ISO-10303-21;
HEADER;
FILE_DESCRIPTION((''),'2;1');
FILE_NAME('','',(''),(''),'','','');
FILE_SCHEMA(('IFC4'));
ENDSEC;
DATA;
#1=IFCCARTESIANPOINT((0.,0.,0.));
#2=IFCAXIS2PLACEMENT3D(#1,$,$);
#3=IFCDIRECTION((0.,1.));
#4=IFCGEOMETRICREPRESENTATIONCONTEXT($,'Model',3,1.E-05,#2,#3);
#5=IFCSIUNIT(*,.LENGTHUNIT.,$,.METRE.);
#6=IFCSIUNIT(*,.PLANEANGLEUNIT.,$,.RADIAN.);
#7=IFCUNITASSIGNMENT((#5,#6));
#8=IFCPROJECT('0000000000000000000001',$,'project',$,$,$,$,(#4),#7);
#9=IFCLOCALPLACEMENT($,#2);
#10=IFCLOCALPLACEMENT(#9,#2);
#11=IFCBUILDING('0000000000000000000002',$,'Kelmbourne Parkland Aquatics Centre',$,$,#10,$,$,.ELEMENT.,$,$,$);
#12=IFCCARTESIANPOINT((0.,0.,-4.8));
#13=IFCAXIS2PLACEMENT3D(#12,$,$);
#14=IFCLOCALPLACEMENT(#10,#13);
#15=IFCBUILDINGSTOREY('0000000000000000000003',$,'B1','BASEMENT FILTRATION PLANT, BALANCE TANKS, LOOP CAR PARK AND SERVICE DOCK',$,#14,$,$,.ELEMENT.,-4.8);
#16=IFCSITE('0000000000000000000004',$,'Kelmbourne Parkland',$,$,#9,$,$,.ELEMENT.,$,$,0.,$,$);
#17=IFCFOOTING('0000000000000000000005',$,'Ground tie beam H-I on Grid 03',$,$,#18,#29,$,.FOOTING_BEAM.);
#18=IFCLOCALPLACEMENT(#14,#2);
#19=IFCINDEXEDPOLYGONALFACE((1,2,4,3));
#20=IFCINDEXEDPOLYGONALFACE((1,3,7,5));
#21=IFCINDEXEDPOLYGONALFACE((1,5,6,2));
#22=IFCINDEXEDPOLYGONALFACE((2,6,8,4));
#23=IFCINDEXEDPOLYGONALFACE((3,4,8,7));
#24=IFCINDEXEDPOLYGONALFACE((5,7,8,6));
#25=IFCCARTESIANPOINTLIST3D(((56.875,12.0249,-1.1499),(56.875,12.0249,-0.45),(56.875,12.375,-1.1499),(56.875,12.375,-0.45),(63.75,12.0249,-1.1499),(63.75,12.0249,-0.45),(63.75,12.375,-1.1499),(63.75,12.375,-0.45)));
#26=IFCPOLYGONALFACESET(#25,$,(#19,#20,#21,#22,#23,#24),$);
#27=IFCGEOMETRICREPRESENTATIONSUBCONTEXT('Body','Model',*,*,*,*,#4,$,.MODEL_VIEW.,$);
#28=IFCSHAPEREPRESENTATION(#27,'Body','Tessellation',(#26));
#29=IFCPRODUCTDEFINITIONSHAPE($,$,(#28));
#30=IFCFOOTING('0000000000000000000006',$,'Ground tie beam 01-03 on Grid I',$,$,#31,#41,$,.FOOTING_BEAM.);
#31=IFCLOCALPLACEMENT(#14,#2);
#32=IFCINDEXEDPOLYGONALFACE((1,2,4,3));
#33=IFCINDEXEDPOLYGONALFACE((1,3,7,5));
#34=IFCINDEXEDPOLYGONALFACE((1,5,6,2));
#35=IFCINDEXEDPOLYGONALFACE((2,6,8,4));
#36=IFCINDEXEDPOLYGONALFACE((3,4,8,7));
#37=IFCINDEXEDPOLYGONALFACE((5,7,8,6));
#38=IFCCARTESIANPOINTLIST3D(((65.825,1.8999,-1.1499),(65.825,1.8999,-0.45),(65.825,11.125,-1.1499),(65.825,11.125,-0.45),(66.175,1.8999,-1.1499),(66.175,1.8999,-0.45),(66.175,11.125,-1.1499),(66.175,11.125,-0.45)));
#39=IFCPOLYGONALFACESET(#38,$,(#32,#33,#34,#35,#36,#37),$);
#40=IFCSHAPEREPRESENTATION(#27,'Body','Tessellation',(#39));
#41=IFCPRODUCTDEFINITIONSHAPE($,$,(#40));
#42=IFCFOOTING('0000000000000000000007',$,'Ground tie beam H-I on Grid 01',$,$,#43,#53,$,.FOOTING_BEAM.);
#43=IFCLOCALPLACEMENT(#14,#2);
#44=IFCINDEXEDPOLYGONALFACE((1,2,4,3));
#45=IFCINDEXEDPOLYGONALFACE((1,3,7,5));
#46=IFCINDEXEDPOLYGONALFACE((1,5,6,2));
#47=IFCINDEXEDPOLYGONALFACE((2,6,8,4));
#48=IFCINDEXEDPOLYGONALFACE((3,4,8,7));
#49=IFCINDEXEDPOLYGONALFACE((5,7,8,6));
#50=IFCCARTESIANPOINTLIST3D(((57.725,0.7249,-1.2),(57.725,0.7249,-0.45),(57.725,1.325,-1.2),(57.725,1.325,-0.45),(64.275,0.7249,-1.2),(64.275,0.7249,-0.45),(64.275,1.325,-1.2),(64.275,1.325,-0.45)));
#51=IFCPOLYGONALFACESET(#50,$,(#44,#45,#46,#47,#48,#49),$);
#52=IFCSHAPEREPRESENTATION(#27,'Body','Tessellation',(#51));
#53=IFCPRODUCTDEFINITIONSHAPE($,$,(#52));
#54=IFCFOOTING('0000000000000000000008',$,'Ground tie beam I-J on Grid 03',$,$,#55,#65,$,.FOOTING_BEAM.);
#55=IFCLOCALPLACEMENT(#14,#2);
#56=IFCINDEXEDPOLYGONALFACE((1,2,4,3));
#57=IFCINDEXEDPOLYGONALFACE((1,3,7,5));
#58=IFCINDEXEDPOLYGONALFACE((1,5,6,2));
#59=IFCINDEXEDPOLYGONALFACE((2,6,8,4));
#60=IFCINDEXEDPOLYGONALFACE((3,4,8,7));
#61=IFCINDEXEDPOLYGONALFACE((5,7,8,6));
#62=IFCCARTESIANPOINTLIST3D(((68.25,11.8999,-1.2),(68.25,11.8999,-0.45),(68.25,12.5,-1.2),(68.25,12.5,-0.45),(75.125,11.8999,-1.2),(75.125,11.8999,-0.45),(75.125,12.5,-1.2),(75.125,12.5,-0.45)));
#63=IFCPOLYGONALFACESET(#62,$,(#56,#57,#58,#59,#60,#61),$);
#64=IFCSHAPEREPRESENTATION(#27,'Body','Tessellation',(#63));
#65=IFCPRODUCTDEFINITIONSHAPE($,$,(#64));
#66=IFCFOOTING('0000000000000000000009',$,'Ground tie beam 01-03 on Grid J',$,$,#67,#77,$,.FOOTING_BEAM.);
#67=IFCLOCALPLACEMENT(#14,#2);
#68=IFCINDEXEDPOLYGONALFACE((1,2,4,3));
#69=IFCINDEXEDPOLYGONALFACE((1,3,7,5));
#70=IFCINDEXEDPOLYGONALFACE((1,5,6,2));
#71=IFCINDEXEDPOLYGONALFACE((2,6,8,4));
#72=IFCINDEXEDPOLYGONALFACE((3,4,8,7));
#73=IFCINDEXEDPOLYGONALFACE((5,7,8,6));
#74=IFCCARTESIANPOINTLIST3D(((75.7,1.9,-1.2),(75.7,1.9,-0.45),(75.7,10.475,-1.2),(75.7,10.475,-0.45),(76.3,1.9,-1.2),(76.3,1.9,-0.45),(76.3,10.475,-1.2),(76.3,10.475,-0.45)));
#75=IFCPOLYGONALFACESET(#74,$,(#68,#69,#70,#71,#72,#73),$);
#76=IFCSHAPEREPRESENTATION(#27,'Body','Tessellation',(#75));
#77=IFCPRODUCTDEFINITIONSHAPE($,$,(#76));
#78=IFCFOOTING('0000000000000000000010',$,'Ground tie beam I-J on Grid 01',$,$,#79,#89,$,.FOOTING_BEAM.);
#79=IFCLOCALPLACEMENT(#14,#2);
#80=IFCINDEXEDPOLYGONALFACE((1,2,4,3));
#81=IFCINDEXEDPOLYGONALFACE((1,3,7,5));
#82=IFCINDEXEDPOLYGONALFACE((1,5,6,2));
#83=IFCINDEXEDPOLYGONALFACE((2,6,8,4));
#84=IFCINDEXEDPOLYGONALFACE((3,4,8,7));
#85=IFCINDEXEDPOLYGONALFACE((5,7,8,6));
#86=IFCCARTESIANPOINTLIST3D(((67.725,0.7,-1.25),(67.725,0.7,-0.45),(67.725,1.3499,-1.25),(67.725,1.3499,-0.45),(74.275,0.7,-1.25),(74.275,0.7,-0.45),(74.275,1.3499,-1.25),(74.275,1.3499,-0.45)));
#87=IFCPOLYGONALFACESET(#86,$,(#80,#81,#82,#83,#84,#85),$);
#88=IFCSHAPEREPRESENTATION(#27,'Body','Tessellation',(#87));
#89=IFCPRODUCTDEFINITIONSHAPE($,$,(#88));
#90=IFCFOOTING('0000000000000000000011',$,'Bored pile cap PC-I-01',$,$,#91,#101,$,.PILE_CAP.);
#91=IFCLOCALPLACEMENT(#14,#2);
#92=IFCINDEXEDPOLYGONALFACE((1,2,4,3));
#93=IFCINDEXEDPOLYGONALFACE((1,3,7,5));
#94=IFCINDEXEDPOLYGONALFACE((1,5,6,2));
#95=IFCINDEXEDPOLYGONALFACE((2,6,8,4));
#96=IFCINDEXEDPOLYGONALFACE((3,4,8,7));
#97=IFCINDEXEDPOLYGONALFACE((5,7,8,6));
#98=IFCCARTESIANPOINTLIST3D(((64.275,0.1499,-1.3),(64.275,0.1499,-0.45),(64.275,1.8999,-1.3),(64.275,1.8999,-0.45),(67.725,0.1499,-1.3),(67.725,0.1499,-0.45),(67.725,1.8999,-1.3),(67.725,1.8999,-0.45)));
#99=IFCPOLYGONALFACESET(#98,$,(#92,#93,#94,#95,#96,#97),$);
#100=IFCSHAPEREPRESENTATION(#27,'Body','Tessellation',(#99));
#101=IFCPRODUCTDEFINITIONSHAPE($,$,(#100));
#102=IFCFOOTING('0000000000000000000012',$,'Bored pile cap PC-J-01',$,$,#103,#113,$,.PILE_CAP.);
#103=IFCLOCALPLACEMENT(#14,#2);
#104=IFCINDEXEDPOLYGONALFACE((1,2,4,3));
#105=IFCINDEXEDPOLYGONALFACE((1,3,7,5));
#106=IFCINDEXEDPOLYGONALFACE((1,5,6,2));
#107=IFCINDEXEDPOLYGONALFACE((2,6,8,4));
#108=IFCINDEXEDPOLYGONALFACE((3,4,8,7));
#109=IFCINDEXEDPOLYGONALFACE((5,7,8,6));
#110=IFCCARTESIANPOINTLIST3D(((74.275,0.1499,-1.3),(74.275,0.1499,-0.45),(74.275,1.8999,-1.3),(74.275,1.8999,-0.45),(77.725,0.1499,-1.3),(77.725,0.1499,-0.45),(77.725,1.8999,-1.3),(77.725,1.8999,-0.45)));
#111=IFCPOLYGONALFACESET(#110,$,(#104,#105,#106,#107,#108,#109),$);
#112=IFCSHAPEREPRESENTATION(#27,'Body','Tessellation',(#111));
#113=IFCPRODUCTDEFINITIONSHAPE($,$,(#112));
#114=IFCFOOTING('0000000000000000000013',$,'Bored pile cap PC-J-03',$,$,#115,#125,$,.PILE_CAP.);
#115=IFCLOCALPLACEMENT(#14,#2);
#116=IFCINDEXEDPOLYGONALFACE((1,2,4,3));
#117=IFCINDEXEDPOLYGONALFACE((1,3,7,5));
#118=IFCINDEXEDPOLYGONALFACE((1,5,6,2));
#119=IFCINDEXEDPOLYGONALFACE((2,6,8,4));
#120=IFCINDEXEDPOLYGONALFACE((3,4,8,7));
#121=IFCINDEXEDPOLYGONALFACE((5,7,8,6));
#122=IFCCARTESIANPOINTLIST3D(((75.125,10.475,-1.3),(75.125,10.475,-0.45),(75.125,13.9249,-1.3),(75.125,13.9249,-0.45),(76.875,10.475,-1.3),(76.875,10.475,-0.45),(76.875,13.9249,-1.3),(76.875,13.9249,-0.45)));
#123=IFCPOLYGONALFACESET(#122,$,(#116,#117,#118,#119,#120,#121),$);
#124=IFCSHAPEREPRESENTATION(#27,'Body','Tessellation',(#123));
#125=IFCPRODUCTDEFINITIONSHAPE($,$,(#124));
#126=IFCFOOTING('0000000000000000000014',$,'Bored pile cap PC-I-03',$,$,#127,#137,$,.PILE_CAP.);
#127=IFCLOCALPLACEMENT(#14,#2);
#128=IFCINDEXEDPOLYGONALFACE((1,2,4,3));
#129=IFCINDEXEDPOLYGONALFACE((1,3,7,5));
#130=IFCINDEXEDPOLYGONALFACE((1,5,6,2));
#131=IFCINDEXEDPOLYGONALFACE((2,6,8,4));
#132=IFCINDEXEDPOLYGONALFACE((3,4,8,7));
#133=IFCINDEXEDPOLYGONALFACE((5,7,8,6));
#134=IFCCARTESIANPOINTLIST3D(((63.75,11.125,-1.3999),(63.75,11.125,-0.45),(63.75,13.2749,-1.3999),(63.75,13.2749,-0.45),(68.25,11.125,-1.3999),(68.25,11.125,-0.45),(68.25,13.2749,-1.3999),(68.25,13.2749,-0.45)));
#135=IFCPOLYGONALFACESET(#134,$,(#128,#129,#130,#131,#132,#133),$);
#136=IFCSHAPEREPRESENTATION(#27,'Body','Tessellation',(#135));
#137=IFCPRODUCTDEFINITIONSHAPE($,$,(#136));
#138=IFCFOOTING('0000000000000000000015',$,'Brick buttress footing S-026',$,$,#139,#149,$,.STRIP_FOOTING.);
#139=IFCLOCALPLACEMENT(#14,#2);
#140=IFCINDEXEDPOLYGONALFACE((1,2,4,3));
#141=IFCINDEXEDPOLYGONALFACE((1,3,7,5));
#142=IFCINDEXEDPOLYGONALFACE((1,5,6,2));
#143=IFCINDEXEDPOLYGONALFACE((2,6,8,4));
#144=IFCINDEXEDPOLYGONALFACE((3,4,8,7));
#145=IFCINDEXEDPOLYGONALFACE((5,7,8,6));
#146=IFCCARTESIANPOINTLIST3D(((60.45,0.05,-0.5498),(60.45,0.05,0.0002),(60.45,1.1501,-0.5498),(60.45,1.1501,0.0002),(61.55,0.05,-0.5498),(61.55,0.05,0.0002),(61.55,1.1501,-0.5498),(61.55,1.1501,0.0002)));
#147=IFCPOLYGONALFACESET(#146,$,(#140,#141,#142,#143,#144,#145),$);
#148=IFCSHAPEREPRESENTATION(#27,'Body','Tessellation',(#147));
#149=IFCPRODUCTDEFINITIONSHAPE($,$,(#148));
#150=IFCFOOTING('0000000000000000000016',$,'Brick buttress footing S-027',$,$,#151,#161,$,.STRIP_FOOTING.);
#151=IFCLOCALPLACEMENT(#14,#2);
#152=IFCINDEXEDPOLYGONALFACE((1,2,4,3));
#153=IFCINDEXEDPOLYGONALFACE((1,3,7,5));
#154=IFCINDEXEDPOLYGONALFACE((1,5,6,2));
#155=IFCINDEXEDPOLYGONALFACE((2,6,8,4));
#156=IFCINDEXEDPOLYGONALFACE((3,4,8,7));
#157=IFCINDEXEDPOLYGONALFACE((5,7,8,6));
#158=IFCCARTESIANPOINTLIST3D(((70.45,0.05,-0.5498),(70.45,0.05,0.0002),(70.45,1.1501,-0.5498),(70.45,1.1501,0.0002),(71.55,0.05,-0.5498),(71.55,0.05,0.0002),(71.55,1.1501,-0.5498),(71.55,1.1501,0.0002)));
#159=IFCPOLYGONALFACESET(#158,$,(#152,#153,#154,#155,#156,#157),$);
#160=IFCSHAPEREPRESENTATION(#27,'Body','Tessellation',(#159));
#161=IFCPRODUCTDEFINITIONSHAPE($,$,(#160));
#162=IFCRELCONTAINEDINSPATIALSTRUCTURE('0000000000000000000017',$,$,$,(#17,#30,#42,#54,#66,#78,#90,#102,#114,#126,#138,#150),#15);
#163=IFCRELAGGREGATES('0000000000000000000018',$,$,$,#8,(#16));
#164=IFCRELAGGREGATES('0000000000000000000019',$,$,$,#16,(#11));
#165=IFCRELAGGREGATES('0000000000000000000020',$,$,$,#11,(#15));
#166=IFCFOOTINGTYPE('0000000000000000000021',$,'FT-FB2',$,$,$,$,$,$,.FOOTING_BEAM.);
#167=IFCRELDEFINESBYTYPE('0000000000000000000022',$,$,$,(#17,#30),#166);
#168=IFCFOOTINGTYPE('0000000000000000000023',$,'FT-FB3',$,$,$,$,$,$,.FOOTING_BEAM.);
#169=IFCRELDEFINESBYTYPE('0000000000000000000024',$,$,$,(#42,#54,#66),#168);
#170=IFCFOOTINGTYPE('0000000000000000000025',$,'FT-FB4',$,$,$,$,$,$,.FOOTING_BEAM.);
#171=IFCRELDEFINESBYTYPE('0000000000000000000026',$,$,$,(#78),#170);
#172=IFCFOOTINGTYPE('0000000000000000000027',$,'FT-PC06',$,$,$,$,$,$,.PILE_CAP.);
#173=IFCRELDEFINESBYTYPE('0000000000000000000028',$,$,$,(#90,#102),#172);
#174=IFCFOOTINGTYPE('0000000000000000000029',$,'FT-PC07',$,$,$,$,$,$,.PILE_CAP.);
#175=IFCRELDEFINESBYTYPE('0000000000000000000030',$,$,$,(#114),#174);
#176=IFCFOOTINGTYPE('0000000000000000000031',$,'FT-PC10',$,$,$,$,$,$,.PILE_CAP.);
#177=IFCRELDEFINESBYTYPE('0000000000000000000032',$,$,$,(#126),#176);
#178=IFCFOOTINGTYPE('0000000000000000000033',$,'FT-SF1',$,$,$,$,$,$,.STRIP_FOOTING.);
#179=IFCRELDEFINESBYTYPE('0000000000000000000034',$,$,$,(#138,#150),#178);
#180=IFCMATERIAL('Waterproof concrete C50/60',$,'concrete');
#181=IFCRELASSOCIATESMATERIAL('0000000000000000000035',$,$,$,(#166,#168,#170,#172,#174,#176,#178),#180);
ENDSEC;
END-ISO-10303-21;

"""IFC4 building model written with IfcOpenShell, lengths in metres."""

from ifc_helpers import new_model, si_unit, direction, frame, origin, origin_2d, place, context, subcontext, project, spatial, rectangle, extrude, material, type_object, element, save


model = new_model("IFC4")

# Units and contexts
model_context = context("Model", 3, precision=1e-05, world=origin(), true_north=direction((0.0, 1.0)))
body_context = subcontext(model_context, "Body", "Model", "MODEL_VIEW")
ifc_project = project(units=[si_unit("LENGTHUNIT", "METRE"), si_unit("PLANEANGLEUNIT", "RADIAN")], contexts=[model_context])

# Site, building, storey
site_placement = place(None, origin())
site = spatial("IfcSite", under=ifc_project, at=site_placement, Name="Kelmbourne Parkland", CompositionType="ELEMENT", RefElevation=0.0)
building_placement = place(site_placement, origin())
building = spatial("IfcBuilding", under=site, at=building_placement, Name="Kelmbourne Parkland Aquatics Centre", CompositionType="ELEMENT")
storey_placement = place(building_placement, frame((0.0, 0.0, -4.8)))
storey = spatial("IfcBuildingStorey", under=building, at=storey_placement, Name="B1", Description="BASEMENT FILTRATION PLANT, BALANCE TANKS, LOOP CAR PARK AND SERVICE DOCK", CompositionType="ELEMENT", Elevation=-4.8)

# Footings
ifc_material_1 = material(Name="Waterproof concrete C50/60", Category="concrete")
footing_type_1 = type_object("IfcFootingType", Name="FT-FB2", PredefinedType="FOOTING_BEAM", material=ifc_material_1)
footing_1_placement = place(storey_placement, frame((60.3125, 12.2, -1.1499), z_axis=(0.0, 0.0, 1.0), x_axis=(1.0, 0.0, 0.0)))
element("IfcFooting", 1, at=footing_1_placement, inside=storey, type_object=footing_type_1, Name="Ground tie beam H-I on Grid 03", PredefinedType="FOOTING_BEAM", context=body_context, shape_type="SweptSolid", body=[
    extrude(rectangle(XDim=6.875, YDim=0.3501, at=origin_2d()), origin(), (0.0, 0.0, 1.0), 0.7),
])
footing_2_placement = place(storey_placement, frame((66.0, 6.5125, -1.1499), z_axis=(0.0, 0.0, 1.0), x_axis=(0.0, 1.0, 0.0)))
element("IfcFooting", 2, at=footing_2_placement, inside=storey, type_object=footing_type_1, Name="Ground tie beam 01-03 on Grid I", PredefinedType="FOOTING_BEAM", context=body_context, shape_type="SweptSolid", body=[
    extrude(rectangle(XDim=9.2251, YDim=0.3501, at=origin_2d()), origin(), (0.0, 0.0, 1.0), 0.7),
])
footing_type_2 = type_object("IfcFootingType", Name="FT-FB3", PredefinedType="FOOTING_BEAM", material=ifc_material_1)
footing_3_placement = place(storey_placement, frame((61.0, 1.0249, -1.2), z_axis=(0.0, 0.0, 1.0), x_axis=(1.0, 0.0, 0.0)))
element("IfcFooting", 3, at=footing_3_placement, inside=storey, type_object=footing_type_2, Name="Ground tie beam H-I on Grid 01", PredefinedType="FOOTING_BEAM", context=body_context, shape_type="SweptSolid", body=[
    extrude(rectangle(XDim=6.55, YDim=0.6001, at=origin_2d()), origin(), (0.0, 0.0, 1.0), 0.75),
])
footing_4_placement = place(storey_placement, frame((71.6875, 12.2, -1.2), z_axis=(0.0, 0.0, 1.0), x_axis=(1.0, 0.0, 0.0)))
element("IfcFooting", 4, at=footing_4_placement, inside=storey, type_object=footing_type_2, Name="Ground tie beam I-J on Grid 03", PredefinedType="FOOTING_BEAM", context=body_context, shape_type="SweptSolid", body=[
    extrude(rectangle(XDim=6.875, YDim=0.6001, at=origin_2d()), origin(), (0.0, 0.0, 1.0), 0.75),
])
footing_5_placement = place(storey_placement, frame((76.0, 6.1875, -1.2), z_axis=(0.0, 0.0, 1.0), x_axis=(0.0, 1.0, 0.0)))
element("IfcFooting", 5, at=footing_5_placement, inside=storey, type_object=footing_type_2, Name="Ground tie beam 01-03 on Grid J", PredefinedType="FOOTING_BEAM", context=body_context, shape_type="SweptSolid", body=[
    extrude(rectangle(XDim=8.575, YDim=0.6001, at=origin_2d()), origin(), (0.0, 0.0, 1.0), 0.75),
])
footing_type_3 = type_object("IfcFootingType", Name="FT-FB4", PredefinedType="FOOTING_BEAM", material=ifc_material_1)
footing_6_placement = place(storey_placement, frame((71.0, 1.0249, -1.25), z_axis=(0.0, 0.0, 1.0), x_axis=(1.0, 0.0, 0.0)))
element("IfcFooting", 6, at=footing_6_placement, inside=storey, type_object=footing_type_3, Name="Ground tie beam I-J on Grid 01", PredefinedType="FOOTING_BEAM", context=body_context, shape_type="SweptSolid", body=[
    extrude(rectangle(XDim=6.55, YDim=0.6499, at=origin_2d()), origin(), (0.0, 0.0, 1.0), 0.8),
])
footing_type_4 = type_object("IfcFootingType", Name="FT-PC06", PredefinedType="PILE_CAP", material=ifc_material_1)
for number, where, z_axis, x_axis, name in (
    (7, (66.0, 1.0249, -1.3), (0.0, 0.0, 1.0), (1.0, 0.0, 0.0), "Bored pile cap PC-I-01"),
    (8, (76.0, 1.0249, -1.3), (0.0, 0.0, 1.0), (1.0, 0.0, 0.0), "Bored pile cap PC-J-01"),
):
    element("IfcFooting", number, at=place(storey_placement, frame(where, z_axis=z_axis, x_axis=x_axis)), inside=storey, type_object=footing_type_4, Name=name, PredefinedType="PILE_CAP", context=body_context, shape_type="SweptSolid", body=[
        extrude(rectangle(XDim=3.45, YDim=1.75, at=origin_2d()), origin(), (0.0, 0.0, 1.0), 0.8501),
    ])
footing_type_5 = type_object("IfcFootingType", Name="FT-PC07", PredefinedType="PILE_CAP", material=ifc_material_1)
footing_7_placement = place(storey_placement, frame((76.0, 12.2, -1.3), z_axis=(0.0, 0.0, 1.0), x_axis=(1.0, 0.0, 0.0)))
element("IfcFooting", 9, at=footing_7_placement, inside=storey, type_object=footing_type_5, Name="Bored pile cap PC-J-03", PredefinedType="PILE_CAP", context=body_context, shape_type="SweptSolid", body=[
    extrude(rectangle(XDim=1.75, YDim=3.45, at=origin_2d()), origin(), (0.0, 0.0, 1.0), 0.8501),
])
footing_type_6 = type_object("IfcFootingType", Name="FT-PC10", PredefinedType="PILE_CAP", material=ifc_material_1)
footing_8_placement = place(storey_placement, frame((66.0, 12.2, -1.3999), z_axis=(0.0, 0.0, 1.0), x_axis=(1.0, 0.0, 0.0)))
element("IfcFooting", 10, at=footing_8_placement, inside=storey, type_object=footing_type_6, Name="Bored pile cap PC-I-03", PredefinedType="PILE_CAP", context=body_context, shape_type="SweptSolid", body=[
    extrude(rectangle(XDim=4.5, YDim=2.1499, at=origin_2d()), origin(), (0.0, 0.0, 1.0), 0.95),
])
footing_type_7 = type_object("IfcFootingType", Name="FT-SF1", PredefinedType="STRIP_FOOTING", material=ifc_material_1)
for number, where, z_axis, x_axis, name in (
    (11, (61.0, 0.6001, -0.5498), (0.0, 0.0, 1.0), (1.0, 0.0, 0.0), "Brick buttress footing S-026"),
    (12, (71.0, 0.6001, -0.5498), (0.0, 0.0, 1.0), (1.0, 0.0, 0.0), "Brick buttress footing S-027"),
):
    element("IfcFooting", number, at=place(storey_placement, frame(where, z_axis=z_axis, x_axis=x_axis)), inside=storey, type_object=footing_type_7, Name=name, PredefinedType="STRIP_FOOTING", context=body_context, shape_type="SweptSolid", body=[
        extrude(rectangle(XDim=1.1001, YDim=1.1001, at=origin_2d()), origin(), (0.0, 0.0, 1.0), 0.55),
    ])

save(model, "model.ifc")
